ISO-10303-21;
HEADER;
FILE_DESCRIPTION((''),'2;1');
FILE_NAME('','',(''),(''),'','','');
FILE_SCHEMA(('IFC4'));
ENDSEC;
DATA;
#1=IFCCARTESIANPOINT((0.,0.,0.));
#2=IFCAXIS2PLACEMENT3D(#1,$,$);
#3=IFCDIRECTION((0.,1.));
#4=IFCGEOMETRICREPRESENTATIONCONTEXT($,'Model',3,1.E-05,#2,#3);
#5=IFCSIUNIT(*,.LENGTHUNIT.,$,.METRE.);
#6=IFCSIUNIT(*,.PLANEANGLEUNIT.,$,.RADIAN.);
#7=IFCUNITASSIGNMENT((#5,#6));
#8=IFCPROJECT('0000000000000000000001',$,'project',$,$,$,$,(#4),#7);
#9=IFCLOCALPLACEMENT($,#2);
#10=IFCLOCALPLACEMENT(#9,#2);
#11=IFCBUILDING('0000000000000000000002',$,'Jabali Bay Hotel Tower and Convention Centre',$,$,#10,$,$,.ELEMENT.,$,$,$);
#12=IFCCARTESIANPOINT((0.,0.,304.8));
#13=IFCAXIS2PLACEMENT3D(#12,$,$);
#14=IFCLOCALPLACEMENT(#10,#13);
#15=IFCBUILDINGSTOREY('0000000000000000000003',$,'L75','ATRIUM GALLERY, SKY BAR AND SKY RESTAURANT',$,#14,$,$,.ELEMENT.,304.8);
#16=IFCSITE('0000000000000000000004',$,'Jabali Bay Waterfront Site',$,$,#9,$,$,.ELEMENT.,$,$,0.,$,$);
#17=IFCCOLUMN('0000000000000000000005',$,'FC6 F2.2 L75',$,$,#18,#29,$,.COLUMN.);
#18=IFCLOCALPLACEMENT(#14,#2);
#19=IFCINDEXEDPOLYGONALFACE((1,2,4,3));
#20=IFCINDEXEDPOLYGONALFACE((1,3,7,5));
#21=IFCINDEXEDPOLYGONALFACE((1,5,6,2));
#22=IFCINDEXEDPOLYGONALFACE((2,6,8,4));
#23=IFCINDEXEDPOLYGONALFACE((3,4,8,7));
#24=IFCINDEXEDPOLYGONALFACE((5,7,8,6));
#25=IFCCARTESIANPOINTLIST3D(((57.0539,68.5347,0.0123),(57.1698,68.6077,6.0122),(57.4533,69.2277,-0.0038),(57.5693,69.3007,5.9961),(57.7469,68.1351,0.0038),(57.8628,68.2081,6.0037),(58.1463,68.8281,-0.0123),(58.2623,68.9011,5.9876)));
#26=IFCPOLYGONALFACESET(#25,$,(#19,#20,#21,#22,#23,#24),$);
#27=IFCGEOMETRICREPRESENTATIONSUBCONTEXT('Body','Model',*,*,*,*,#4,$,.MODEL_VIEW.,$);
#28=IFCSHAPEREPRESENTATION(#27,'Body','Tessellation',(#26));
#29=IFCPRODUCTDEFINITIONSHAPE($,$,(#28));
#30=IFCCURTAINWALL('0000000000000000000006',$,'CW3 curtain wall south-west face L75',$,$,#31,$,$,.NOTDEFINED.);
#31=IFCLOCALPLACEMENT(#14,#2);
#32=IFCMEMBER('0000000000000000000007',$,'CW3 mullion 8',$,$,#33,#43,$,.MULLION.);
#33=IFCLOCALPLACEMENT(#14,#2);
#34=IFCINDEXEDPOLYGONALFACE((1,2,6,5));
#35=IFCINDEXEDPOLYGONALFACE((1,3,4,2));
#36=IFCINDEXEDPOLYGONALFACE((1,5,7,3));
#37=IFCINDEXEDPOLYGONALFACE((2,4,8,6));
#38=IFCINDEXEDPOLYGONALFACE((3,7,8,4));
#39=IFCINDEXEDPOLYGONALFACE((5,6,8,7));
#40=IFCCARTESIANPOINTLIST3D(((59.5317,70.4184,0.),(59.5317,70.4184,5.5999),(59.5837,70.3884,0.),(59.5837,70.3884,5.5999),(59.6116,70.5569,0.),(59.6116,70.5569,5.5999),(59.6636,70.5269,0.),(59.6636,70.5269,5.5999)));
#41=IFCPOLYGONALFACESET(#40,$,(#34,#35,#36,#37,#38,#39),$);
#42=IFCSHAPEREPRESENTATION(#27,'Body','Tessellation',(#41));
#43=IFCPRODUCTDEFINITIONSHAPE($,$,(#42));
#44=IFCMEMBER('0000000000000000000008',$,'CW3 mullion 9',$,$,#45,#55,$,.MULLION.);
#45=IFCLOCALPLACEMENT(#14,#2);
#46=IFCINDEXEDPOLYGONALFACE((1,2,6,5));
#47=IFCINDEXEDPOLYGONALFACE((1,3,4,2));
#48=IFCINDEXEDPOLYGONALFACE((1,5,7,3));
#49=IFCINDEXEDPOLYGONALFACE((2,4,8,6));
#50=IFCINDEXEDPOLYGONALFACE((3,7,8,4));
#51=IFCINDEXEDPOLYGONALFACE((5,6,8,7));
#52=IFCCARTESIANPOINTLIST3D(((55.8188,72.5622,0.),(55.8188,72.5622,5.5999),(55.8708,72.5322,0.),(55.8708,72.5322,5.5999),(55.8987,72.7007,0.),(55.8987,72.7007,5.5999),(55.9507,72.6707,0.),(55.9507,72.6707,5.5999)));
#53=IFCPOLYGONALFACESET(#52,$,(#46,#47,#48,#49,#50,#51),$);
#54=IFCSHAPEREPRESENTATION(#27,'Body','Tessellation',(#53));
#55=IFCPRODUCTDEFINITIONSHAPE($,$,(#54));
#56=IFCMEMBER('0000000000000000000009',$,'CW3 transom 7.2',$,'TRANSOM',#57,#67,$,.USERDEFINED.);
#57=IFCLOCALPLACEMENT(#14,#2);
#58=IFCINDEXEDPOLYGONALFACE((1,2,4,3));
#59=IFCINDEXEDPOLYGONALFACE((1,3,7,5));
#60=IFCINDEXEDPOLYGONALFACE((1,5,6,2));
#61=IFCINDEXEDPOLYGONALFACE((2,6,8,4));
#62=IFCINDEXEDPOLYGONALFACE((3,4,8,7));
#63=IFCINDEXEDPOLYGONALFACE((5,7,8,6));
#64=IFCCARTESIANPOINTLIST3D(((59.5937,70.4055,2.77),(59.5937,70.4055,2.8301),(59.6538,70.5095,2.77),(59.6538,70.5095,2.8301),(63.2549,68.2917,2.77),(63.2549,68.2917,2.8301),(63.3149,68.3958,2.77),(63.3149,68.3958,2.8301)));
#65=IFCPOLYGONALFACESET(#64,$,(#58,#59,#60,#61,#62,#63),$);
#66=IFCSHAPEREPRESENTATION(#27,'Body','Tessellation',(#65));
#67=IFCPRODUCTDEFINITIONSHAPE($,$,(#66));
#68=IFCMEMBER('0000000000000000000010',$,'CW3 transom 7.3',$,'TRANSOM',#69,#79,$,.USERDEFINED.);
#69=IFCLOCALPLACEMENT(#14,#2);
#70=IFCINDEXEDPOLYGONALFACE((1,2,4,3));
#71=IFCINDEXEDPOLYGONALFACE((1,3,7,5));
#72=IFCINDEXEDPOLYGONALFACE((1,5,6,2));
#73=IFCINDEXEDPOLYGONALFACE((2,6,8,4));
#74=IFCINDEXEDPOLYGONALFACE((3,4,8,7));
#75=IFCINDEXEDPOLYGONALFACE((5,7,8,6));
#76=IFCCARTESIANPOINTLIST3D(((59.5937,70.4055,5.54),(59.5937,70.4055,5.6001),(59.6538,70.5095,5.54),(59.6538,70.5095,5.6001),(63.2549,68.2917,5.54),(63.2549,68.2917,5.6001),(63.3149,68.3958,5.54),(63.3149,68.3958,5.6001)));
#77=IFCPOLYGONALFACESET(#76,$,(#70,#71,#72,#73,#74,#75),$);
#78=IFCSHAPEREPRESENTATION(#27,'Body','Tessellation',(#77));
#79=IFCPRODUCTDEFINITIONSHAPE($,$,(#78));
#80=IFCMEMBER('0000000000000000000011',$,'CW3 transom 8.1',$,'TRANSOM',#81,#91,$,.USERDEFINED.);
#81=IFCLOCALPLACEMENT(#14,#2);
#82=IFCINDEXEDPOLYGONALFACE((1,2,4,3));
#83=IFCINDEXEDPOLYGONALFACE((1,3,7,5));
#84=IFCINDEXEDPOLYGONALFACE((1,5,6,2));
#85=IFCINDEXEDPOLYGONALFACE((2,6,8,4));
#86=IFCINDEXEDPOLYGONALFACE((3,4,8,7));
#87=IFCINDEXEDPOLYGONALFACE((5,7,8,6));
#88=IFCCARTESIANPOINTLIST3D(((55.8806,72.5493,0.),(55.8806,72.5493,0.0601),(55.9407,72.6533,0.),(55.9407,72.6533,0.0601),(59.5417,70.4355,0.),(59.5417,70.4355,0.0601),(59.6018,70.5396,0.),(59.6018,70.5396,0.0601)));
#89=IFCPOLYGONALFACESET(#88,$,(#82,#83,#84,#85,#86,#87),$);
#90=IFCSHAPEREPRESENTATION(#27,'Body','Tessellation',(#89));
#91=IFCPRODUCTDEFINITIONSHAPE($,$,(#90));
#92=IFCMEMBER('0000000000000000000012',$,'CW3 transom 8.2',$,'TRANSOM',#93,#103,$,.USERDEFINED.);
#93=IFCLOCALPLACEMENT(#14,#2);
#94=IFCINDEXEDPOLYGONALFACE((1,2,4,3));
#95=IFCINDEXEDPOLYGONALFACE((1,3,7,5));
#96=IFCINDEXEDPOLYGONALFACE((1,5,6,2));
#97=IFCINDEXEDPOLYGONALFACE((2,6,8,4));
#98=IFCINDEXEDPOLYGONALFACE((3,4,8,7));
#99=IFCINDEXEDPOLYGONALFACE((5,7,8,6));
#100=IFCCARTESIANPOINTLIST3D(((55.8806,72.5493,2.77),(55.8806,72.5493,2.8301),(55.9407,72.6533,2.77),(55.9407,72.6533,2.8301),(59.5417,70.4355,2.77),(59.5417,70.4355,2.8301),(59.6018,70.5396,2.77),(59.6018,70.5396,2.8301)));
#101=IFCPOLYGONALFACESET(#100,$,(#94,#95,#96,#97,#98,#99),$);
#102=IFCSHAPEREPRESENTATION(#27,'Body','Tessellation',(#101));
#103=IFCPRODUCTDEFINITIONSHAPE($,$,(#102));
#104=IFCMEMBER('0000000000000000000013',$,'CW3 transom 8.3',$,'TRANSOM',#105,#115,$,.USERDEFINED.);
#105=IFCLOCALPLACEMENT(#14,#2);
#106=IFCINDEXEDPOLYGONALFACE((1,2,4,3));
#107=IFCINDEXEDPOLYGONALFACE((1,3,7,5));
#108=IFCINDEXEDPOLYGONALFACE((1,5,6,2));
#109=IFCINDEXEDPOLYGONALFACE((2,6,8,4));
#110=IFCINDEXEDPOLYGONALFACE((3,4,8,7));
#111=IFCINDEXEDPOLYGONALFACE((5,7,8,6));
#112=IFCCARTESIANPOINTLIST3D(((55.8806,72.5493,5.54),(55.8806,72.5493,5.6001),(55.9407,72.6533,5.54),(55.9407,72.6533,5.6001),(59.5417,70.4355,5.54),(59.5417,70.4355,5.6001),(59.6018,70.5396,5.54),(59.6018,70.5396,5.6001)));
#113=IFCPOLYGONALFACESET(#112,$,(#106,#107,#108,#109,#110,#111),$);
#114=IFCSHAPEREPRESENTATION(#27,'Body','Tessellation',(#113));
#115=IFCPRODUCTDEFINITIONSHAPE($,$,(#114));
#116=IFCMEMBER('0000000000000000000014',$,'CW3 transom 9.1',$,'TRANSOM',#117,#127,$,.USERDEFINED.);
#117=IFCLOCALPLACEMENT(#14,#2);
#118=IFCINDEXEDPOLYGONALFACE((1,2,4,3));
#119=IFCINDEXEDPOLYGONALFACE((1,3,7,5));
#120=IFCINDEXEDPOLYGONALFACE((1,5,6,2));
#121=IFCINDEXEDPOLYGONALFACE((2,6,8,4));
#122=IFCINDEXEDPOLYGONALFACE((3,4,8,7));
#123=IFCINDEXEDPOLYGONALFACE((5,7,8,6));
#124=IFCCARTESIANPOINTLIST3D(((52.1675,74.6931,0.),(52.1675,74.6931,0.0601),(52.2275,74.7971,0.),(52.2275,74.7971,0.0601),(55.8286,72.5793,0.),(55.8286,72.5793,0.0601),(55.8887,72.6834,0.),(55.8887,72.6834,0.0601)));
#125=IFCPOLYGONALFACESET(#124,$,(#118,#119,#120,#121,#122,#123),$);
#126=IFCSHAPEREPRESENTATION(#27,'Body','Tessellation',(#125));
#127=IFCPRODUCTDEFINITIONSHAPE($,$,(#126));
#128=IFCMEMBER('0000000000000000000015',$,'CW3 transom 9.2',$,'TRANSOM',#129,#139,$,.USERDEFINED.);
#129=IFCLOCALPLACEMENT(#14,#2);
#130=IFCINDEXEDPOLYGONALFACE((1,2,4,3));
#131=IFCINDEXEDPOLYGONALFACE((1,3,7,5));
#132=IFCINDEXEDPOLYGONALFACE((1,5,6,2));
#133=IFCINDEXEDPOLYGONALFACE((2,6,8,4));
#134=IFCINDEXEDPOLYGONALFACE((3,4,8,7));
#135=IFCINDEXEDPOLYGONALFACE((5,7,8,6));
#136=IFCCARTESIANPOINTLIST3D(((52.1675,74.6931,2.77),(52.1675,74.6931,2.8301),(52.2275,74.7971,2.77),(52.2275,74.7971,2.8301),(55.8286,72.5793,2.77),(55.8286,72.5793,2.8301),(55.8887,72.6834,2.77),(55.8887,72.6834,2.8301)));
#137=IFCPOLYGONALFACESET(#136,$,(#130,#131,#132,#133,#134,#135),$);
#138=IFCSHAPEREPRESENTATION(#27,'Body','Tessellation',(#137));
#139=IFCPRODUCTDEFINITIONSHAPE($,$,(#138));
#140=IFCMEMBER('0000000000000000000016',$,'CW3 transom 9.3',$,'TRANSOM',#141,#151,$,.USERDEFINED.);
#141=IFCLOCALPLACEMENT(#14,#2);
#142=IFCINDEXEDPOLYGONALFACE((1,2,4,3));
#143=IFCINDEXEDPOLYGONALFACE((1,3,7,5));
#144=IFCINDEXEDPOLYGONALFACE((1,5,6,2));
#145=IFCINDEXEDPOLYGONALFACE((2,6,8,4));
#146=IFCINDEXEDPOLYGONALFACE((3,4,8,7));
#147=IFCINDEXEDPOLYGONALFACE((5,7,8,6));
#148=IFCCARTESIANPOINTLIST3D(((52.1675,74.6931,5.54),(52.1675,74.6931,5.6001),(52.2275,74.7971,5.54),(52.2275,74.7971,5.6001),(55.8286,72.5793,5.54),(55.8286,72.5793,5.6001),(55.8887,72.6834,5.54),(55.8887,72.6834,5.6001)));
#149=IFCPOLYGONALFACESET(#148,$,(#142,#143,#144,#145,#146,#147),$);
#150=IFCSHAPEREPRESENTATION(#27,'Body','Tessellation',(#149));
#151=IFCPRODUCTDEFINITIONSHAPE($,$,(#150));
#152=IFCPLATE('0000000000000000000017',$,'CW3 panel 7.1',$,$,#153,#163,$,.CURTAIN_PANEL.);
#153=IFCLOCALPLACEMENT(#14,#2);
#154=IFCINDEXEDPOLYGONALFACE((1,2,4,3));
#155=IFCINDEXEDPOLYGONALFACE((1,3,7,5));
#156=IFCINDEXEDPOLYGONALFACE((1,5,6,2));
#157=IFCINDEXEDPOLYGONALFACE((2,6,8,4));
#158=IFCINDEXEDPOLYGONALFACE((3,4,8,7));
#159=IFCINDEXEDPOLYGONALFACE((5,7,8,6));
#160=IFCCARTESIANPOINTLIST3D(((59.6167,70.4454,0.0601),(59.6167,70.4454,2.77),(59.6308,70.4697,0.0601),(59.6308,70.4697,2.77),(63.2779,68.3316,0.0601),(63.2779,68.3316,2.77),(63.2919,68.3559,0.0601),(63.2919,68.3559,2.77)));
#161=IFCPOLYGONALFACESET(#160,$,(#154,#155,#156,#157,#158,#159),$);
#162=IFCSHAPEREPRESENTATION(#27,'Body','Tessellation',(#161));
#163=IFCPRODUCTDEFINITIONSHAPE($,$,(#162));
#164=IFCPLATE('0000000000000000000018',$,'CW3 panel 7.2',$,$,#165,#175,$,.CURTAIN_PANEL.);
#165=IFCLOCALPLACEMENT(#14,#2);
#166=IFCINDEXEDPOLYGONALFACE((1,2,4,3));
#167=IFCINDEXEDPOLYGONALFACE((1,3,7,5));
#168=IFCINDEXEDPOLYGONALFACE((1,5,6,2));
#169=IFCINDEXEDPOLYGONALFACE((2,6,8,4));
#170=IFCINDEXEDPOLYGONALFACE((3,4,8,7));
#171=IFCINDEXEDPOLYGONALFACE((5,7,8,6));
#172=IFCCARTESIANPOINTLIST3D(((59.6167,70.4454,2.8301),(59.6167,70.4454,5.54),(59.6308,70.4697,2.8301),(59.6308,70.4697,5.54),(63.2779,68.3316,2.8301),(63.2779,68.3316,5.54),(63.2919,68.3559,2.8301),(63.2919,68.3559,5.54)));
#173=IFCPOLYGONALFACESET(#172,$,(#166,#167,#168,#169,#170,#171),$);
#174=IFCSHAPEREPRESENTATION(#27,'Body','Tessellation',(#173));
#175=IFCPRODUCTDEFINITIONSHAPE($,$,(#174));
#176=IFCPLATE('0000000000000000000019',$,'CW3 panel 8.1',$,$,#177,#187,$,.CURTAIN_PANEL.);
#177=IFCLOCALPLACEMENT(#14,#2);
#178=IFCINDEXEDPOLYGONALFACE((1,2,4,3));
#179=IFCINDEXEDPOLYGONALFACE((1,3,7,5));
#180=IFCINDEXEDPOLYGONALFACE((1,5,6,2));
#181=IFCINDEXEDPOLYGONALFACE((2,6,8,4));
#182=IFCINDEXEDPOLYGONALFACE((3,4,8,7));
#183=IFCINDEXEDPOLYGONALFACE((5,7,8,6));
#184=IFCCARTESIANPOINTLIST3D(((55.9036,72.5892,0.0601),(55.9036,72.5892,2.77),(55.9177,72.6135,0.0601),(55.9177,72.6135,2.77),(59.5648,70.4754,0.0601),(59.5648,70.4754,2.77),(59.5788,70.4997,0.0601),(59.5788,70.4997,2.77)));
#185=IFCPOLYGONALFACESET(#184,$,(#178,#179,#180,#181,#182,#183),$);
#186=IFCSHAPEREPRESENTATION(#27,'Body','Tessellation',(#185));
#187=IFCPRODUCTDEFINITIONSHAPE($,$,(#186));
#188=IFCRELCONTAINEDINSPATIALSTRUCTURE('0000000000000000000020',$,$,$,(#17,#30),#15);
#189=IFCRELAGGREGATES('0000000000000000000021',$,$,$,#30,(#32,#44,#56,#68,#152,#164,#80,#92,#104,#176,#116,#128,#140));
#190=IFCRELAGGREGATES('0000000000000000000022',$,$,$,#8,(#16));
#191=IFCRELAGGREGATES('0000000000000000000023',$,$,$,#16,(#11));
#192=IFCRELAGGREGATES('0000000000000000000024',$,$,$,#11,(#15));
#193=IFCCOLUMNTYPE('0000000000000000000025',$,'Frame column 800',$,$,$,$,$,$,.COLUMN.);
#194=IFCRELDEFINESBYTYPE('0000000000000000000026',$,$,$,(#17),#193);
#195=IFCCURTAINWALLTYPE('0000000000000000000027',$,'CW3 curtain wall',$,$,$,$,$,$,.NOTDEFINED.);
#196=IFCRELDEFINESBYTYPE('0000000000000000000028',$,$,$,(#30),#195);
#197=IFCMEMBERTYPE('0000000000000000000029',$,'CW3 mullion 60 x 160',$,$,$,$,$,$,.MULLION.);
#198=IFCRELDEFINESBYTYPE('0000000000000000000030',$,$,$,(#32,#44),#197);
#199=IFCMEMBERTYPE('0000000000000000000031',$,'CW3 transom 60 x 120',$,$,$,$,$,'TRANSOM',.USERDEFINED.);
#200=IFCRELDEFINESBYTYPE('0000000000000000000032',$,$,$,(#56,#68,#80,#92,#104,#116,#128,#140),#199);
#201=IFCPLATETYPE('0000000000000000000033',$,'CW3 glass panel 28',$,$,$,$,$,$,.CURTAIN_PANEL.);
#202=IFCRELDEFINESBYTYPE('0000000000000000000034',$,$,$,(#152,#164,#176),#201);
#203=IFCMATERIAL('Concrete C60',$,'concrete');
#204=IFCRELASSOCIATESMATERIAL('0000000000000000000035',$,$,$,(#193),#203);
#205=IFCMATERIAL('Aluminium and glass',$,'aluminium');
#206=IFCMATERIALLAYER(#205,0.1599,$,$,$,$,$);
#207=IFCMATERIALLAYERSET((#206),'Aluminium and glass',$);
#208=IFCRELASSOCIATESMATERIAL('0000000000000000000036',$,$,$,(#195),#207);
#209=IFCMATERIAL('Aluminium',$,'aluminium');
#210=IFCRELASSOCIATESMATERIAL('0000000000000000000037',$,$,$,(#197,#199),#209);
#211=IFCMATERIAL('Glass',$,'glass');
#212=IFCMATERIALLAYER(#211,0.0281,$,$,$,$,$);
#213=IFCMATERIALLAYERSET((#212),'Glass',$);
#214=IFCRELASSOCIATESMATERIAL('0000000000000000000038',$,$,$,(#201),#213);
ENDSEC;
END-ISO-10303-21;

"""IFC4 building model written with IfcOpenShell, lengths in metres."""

from ifc_helpers import new_model, si_unit, direction, frame, origin, origin_2d, place, context, subcontext, project, spatial, rectangle, extrude, material, layer, layer_set, material_profile, profile_set, type_object, element, aggregate, save


model = new_model("IFC4")

# Units and contexts
model_context = context("Model", 3, precision=1e-05, world=origin(), true_north=direction((0.0, 1.0)))
body_context = subcontext(model_context, "Body", "Model", "MODEL_VIEW")
ifc_project = project(units=[si_unit("LENGTHUNIT", "METRE"), si_unit("PLANEANGLEUNIT", "RADIAN")], contexts=[model_context])

# Site, building, storey
site_placement = place(None, origin())
site = spatial("IfcSite", under=ifc_project, at=site_placement, Name="Jabali Bay Waterfront Site", CompositionType="ELEMENT", RefElevation=0.0)
building_placement = place(site_placement, origin())
building = spatial("IfcBuilding", under=site, at=building_placement, Name="Jabali Bay Hotel Tower and Convention Centre", CompositionType="ELEMENT")
storey_placement = place(building_placement, frame((0.0, 0.0, 304.8)))
storey = spatial("IfcBuildingStorey", under=building, at=storey_placement, Name="L75", Description="ATRIUM GALLERY, SKY BAR AND SKY RESTAURANT", CompositionType="ELEMENT", Elevation=304.8)

# Column
ifc_material_1 = material(Name="Concrete C60", Category="concrete")
ifc_material_profile_1 = material_profile(ifc_material_1, rectangle(XDim=0.8, YDim=0.8, at=origin_2d()), Name="Frame column 800")
ifc_profile_set_1 = profile_set([ifc_material_profile_1], Name="Concrete C60")
column_type = type_object("IfcColumnType", Name="Frame column 800", PredefinedType="COLUMN", material=ifc_profile_set_1)
column_placement = place(storey_placement, frame((57.6001, 68.6814, 0.0), z_axis=(0.019323, 0.012163, 0.999739), x_axis=(-0.866221, 0.499548, 0.010664)))
element("IfcColumn", 1, at=column_placement, inside=storey, type_object=column_type, Name="FC6 F2.2 L75", PredefinedType="COLUMN", context=body_context, shape_type="SweptSolid", body=[
    extrude(rectangle(XDim=0.8, YDim=0.8, at=origin_2d()), origin(), (0.0, 0.0, 1.0), 6.0015),
])

# Curtain wall, members, plates
ifc_material_2 = material(Name="Aluminium and glass", Category="aluminium")
ifc_layer_1 = layer(ifc_material_2, 0.1599)
ifc_layer_set_1 = layer_set([ifc_layer_1], Name="Aluminium and glass")
curtain_wall_type = type_object("IfcCurtainWallType", Name="CW3 curtain wall", PredefinedType="NOTDEFINED", material=ifc_layer_set_1)
curtain_wall_placement = place(storey_placement, origin())
curtain_wall = element("IfcCurtainWall", 2, at=curtain_wall_placement, inside=storey, type_object=curtain_wall_type, Name="CW3 curtain wall south-west face L75", PredefinedType="NOTDEFINED")
ifc_material_3 = material(Name="Aluminium", Category="aluminium")
ifc_material_profile_2 = material_profile(ifc_material_3, rectangle(XDim=0.1599, YDim=0.0601, at=origin_2d()), Name="CW3 mullion 60 x 160")
ifc_profile_set_2 = profile_set([ifc_material_profile_2], Name="Aluminium")
member_type_1 = type_object("IfcMemberType", Name="CW3 mullion 60 x 160", PredefinedType="MULLION", material=ifc_profile_set_2)
member_1_placement = place(storey_placement, frame((59.5977, 70.4727, 0.0), z_axis=(0.0, 0.0, 1.0), x_axis=(-0.5, -0.866025, 0.0)))
member_1 = element("IfcMember", 3, at=member_1_placement, type_object=member_type_1, Name="CW3 mullion 8", PredefinedType="MULLION", context=body_context, shape_type="SweptSolid", body=[
    extrude(rectangle(XDim=0.1599, YDim=0.0601, at=origin_2d()), origin(), (0.0, 0.0, 1.0), 5.5999),
])
member_2_placement = place(storey_placement, frame((55.8848, 72.6165, 0.0), z_axis=(0.0, 0.0, 1.0), x_axis=(-0.5, -0.866025, 0.0)))
member_2 = element("IfcMember", 4, at=member_2_placement, type_object=member_type_1, Name="CW3 mullion 9", PredefinedType="MULLION", context=body_context, shape_type="SweptSolid", body=[
    extrude(rectangle(XDim=0.1599, YDim=0.0601, at=origin_2d()), origin(), (0.0, 0.0, 1.0), 5.5999),
])
ifc_material_profile_3 = material_profile(ifc_material_3, rectangle(XDim=0.1201, YDim=0.0601, at=origin_2d()), Name="CW3 transom 60 x 120")
ifc_profile_set_3 = profile_set([ifc_material_profile_3], Name="Aluminium")
member_type_2 = type_object("IfcMemberType", Name="CW3 transom 60 x 120", ElementType="TRANSOM", PredefinedType="USERDEFINED", material=ifc_profile_set_3)
member_3_placement = place(storey_placement, frame((63.2849, 68.3438, 2.8), z_axis=(-0.866024, 0.500002, 0.0), x_axis=(-0.500002, -0.866024, 0.0)))
member_3 = element("IfcMember", 5, at=member_3_placement, type_object=member_type_2, Name="CW3 transom 7.2", ObjectType="TRANSOM", PredefinedType="USERDEFINED", context=body_context, shape_type="SweptSolid", body=[
    extrude(rectangle(XDim=0.1201, YDim=0.0601, at=origin_2d()), origin(), (0.0, 0.0, 1.0), 4.2275),
])
member_4_placement = place(storey_placement, frame((63.2849, 68.3438, 5.5701), z_axis=(-0.866024, 0.500002, 0.0), x_axis=(-0.500002, -0.866024, 0.0)))
member_4 = element("IfcMember", 6, at=member_4_placement, type_object=member_type_2, Name="CW3 transom 7.3", ObjectType="TRANSOM", PredefinedType="USERDEFINED", context=body_context, shape_type="SweptSolid", body=[
    extrude(rectangle(XDim=0.1201, YDim=0.0601, at=origin_2d()), origin(), (0.0, 0.0, 1.0), 4.2275),
])
member_5_placement = place(storey_placement, frame((59.5718, 70.4875, 0.03), z_axis=(-0.866024, 0.500002, 0.0), x_axis=(-0.500002, -0.866024, 0.0)))
member_5 = element("IfcMember", 7, at=member_5_placement, type_object=member_type_2, Name="CW3 transom 8.1", ObjectType="TRANSOM", PredefinedType="USERDEFINED", context=body_context, shape_type="SweptSolid", body=[
    extrude(rectangle(XDim=0.1201, YDim=0.0601, at=origin_2d()), origin(), (0.0, 0.0, 1.0), 4.2275),
])
member_6_placement = place(storey_placement, frame((59.5718, 70.4875, 2.8), z_axis=(-0.866024, 0.500002, 0.0), x_axis=(-0.500002, -0.866024, 0.0)))
member_6 = element("IfcMember", 8, at=member_6_placement, type_object=member_type_2, Name="CW3 transom 8.2", ObjectType="TRANSOM", PredefinedType="USERDEFINED", context=body_context, shape_type="SweptSolid", body=[
    extrude(rectangle(XDim=0.1201, YDim=0.0601, at=origin_2d()), origin(), (0.0, 0.0, 1.0), 4.2275),
])
member_7_placement = place(storey_placement, frame((59.5718, 70.4875, 5.5701), z_axis=(-0.866024, 0.500002, 0.0), x_axis=(-0.500002, -0.866024, 0.0)))
member_7 = element("IfcMember", 9, at=member_7_placement, type_object=member_type_2, Name="CW3 transom 8.3", ObjectType="TRANSOM", PredefinedType="USERDEFINED", context=body_context, shape_type="SweptSolid", body=[
    extrude(rectangle(XDim=0.1201, YDim=0.0601, at=origin_2d()), origin(), (0.0, 0.0, 1.0), 4.2275),
])
member_8_placement = place(storey_placement, frame((55.8586, 72.6313, 0.03), z_axis=(-0.866024, 0.500002, 0.0), x_axis=(-0.500002, -0.866024, 0.0)))
member_8 = element("IfcMember", 10, at=member_8_placement, type_object=member_type_2, Name="CW3 transom 9.1", ObjectType="TRANSOM", PredefinedType="USERDEFINED", context=body_context, shape_type="SweptSolid", body=[
    extrude(rectangle(XDim=0.1201, YDim=0.0601, at=origin_2d()), origin(), (0.0, 0.0, 1.0), 4.2275),
])
member_9_placement = place(storey_placement, frame((55.8586, 72.6313, 2.8), z_axis=(-0.866024, 0.500002, 0.0), x_axis=(-0.500002, -0.866024, 0.0)))
member_9 = element("IfcMember", 11, at=member_9_placement, type_object=member_type_2, Name="CW3 transom 9.2", ObjectType="TRANSOM", PredefinedType="USERDEFINED", context=body_context, shape_type="SweptSolid", body=[
    extrude(rectangle(XDim=0.1201, YDim=0.0601, at=origin_2d()), origin(), (0.0, 0.0, 1.0), 4.2275),
])
member_10_placement = place(storey_placement, frame((55.8586, 72.6313, 5.5701), z_axis=(-0.866024, 0.500002, 0.0), x_axis=(-0.500002, -0.866024, 0.0)))
member_10 = element("IfcMember", 12, at=member_10_placement, type_object=member_type_2, Name="CW3 transom 9.3", ObjectType="TRANSOM", PredefinedType="USERDEFINED", context=body_context, shape_type="SweptSolid", body=[
    extrude(rectangle(XDim=0.1201, YDim=0.0601, at=origin_2d()), origin(), (0.0, 0.0, 1.0), 4.2275),
])
ifc_material_4 = material(Name="Glass", Category="glass")
ifc_layer_2 = layer(ifc_material_4, 0.0281)
ifc_layer_set_2 = layer_set([ifc_layer_2], Name="Glass")
plate_type = type_object("IfcPlateType", Name="CW3 glass panel 28", PredefinedType="CURTAIN_PANEL", material=ifc_layer_set_2)
plate_1_placement = place(storey_placement, frame((61.4543, 69.4006, 0.0601), z_axis=(0.0, 0.0, 1.0), x_axis=(-0.866025, 0.5, 0.0)))
plate_1 = element("IfcPlate", 13, at=plate_1_placement, type_object=plate_type, Name="CW3 panel 7.1", PredefinedType="CURTAIN_PANEL", context=body_context, shape_type="SweptSolid", body=[
    extrude(rectangle(XDim=4.2275, YDim=0.0281, at=origin_2d()), origin(), (0.0, 0.0, 1.0), 2.71),
])
plate_2_placement = place(storey_placement, frame((61.4543, 69.4006, 2.8301), z_axis=(0.0, 0.0, 1.0), x_axis=(-0.866025, 0.5, 0.0)))
plate_2 = element("IfcPlate", 14, at=plate_2_placement, type_object=plate_type, Name="CW3 panel 7.2", PredefinedType="CURTAIN_PANEL", context=body_context, shape_type="SweptSolid", body=[
    extrude(rectangle(XDim=4.2275, YDim=0.0281, at=origin_2d()), origin(), (0.0, 0.0, 1.0), 2.71),
])
plate_3_placement = place(storey_placement, frame((57.7412, 71.5444, 0.0601), z_axis=(0.0, 0.0, 1.0), x_axis=(-0.866025, 0.5, 0.0)))
plate_3 = element("IfcPlate", 15, at=plate_3_placement, type_object=plate_type, Name="CW3 panel 8.1", PredefinedType="CURTAIN_PANEL", context=body_context, shape_type="SweptSolid", body=[
    extrude(rectangle(XDim=4.2275, YDim=0.0281, at=origin_2d()), origin(), (0.0, 0.0, 1.0), 2.71),
])
aggregate(curtain_wall, [member_1, member_2, member_3, member_4, plate_1, plate_2, member_5, member_6, member_7, plate_3, member_8, member_9, member_10])

save(model, "model.ifc")
